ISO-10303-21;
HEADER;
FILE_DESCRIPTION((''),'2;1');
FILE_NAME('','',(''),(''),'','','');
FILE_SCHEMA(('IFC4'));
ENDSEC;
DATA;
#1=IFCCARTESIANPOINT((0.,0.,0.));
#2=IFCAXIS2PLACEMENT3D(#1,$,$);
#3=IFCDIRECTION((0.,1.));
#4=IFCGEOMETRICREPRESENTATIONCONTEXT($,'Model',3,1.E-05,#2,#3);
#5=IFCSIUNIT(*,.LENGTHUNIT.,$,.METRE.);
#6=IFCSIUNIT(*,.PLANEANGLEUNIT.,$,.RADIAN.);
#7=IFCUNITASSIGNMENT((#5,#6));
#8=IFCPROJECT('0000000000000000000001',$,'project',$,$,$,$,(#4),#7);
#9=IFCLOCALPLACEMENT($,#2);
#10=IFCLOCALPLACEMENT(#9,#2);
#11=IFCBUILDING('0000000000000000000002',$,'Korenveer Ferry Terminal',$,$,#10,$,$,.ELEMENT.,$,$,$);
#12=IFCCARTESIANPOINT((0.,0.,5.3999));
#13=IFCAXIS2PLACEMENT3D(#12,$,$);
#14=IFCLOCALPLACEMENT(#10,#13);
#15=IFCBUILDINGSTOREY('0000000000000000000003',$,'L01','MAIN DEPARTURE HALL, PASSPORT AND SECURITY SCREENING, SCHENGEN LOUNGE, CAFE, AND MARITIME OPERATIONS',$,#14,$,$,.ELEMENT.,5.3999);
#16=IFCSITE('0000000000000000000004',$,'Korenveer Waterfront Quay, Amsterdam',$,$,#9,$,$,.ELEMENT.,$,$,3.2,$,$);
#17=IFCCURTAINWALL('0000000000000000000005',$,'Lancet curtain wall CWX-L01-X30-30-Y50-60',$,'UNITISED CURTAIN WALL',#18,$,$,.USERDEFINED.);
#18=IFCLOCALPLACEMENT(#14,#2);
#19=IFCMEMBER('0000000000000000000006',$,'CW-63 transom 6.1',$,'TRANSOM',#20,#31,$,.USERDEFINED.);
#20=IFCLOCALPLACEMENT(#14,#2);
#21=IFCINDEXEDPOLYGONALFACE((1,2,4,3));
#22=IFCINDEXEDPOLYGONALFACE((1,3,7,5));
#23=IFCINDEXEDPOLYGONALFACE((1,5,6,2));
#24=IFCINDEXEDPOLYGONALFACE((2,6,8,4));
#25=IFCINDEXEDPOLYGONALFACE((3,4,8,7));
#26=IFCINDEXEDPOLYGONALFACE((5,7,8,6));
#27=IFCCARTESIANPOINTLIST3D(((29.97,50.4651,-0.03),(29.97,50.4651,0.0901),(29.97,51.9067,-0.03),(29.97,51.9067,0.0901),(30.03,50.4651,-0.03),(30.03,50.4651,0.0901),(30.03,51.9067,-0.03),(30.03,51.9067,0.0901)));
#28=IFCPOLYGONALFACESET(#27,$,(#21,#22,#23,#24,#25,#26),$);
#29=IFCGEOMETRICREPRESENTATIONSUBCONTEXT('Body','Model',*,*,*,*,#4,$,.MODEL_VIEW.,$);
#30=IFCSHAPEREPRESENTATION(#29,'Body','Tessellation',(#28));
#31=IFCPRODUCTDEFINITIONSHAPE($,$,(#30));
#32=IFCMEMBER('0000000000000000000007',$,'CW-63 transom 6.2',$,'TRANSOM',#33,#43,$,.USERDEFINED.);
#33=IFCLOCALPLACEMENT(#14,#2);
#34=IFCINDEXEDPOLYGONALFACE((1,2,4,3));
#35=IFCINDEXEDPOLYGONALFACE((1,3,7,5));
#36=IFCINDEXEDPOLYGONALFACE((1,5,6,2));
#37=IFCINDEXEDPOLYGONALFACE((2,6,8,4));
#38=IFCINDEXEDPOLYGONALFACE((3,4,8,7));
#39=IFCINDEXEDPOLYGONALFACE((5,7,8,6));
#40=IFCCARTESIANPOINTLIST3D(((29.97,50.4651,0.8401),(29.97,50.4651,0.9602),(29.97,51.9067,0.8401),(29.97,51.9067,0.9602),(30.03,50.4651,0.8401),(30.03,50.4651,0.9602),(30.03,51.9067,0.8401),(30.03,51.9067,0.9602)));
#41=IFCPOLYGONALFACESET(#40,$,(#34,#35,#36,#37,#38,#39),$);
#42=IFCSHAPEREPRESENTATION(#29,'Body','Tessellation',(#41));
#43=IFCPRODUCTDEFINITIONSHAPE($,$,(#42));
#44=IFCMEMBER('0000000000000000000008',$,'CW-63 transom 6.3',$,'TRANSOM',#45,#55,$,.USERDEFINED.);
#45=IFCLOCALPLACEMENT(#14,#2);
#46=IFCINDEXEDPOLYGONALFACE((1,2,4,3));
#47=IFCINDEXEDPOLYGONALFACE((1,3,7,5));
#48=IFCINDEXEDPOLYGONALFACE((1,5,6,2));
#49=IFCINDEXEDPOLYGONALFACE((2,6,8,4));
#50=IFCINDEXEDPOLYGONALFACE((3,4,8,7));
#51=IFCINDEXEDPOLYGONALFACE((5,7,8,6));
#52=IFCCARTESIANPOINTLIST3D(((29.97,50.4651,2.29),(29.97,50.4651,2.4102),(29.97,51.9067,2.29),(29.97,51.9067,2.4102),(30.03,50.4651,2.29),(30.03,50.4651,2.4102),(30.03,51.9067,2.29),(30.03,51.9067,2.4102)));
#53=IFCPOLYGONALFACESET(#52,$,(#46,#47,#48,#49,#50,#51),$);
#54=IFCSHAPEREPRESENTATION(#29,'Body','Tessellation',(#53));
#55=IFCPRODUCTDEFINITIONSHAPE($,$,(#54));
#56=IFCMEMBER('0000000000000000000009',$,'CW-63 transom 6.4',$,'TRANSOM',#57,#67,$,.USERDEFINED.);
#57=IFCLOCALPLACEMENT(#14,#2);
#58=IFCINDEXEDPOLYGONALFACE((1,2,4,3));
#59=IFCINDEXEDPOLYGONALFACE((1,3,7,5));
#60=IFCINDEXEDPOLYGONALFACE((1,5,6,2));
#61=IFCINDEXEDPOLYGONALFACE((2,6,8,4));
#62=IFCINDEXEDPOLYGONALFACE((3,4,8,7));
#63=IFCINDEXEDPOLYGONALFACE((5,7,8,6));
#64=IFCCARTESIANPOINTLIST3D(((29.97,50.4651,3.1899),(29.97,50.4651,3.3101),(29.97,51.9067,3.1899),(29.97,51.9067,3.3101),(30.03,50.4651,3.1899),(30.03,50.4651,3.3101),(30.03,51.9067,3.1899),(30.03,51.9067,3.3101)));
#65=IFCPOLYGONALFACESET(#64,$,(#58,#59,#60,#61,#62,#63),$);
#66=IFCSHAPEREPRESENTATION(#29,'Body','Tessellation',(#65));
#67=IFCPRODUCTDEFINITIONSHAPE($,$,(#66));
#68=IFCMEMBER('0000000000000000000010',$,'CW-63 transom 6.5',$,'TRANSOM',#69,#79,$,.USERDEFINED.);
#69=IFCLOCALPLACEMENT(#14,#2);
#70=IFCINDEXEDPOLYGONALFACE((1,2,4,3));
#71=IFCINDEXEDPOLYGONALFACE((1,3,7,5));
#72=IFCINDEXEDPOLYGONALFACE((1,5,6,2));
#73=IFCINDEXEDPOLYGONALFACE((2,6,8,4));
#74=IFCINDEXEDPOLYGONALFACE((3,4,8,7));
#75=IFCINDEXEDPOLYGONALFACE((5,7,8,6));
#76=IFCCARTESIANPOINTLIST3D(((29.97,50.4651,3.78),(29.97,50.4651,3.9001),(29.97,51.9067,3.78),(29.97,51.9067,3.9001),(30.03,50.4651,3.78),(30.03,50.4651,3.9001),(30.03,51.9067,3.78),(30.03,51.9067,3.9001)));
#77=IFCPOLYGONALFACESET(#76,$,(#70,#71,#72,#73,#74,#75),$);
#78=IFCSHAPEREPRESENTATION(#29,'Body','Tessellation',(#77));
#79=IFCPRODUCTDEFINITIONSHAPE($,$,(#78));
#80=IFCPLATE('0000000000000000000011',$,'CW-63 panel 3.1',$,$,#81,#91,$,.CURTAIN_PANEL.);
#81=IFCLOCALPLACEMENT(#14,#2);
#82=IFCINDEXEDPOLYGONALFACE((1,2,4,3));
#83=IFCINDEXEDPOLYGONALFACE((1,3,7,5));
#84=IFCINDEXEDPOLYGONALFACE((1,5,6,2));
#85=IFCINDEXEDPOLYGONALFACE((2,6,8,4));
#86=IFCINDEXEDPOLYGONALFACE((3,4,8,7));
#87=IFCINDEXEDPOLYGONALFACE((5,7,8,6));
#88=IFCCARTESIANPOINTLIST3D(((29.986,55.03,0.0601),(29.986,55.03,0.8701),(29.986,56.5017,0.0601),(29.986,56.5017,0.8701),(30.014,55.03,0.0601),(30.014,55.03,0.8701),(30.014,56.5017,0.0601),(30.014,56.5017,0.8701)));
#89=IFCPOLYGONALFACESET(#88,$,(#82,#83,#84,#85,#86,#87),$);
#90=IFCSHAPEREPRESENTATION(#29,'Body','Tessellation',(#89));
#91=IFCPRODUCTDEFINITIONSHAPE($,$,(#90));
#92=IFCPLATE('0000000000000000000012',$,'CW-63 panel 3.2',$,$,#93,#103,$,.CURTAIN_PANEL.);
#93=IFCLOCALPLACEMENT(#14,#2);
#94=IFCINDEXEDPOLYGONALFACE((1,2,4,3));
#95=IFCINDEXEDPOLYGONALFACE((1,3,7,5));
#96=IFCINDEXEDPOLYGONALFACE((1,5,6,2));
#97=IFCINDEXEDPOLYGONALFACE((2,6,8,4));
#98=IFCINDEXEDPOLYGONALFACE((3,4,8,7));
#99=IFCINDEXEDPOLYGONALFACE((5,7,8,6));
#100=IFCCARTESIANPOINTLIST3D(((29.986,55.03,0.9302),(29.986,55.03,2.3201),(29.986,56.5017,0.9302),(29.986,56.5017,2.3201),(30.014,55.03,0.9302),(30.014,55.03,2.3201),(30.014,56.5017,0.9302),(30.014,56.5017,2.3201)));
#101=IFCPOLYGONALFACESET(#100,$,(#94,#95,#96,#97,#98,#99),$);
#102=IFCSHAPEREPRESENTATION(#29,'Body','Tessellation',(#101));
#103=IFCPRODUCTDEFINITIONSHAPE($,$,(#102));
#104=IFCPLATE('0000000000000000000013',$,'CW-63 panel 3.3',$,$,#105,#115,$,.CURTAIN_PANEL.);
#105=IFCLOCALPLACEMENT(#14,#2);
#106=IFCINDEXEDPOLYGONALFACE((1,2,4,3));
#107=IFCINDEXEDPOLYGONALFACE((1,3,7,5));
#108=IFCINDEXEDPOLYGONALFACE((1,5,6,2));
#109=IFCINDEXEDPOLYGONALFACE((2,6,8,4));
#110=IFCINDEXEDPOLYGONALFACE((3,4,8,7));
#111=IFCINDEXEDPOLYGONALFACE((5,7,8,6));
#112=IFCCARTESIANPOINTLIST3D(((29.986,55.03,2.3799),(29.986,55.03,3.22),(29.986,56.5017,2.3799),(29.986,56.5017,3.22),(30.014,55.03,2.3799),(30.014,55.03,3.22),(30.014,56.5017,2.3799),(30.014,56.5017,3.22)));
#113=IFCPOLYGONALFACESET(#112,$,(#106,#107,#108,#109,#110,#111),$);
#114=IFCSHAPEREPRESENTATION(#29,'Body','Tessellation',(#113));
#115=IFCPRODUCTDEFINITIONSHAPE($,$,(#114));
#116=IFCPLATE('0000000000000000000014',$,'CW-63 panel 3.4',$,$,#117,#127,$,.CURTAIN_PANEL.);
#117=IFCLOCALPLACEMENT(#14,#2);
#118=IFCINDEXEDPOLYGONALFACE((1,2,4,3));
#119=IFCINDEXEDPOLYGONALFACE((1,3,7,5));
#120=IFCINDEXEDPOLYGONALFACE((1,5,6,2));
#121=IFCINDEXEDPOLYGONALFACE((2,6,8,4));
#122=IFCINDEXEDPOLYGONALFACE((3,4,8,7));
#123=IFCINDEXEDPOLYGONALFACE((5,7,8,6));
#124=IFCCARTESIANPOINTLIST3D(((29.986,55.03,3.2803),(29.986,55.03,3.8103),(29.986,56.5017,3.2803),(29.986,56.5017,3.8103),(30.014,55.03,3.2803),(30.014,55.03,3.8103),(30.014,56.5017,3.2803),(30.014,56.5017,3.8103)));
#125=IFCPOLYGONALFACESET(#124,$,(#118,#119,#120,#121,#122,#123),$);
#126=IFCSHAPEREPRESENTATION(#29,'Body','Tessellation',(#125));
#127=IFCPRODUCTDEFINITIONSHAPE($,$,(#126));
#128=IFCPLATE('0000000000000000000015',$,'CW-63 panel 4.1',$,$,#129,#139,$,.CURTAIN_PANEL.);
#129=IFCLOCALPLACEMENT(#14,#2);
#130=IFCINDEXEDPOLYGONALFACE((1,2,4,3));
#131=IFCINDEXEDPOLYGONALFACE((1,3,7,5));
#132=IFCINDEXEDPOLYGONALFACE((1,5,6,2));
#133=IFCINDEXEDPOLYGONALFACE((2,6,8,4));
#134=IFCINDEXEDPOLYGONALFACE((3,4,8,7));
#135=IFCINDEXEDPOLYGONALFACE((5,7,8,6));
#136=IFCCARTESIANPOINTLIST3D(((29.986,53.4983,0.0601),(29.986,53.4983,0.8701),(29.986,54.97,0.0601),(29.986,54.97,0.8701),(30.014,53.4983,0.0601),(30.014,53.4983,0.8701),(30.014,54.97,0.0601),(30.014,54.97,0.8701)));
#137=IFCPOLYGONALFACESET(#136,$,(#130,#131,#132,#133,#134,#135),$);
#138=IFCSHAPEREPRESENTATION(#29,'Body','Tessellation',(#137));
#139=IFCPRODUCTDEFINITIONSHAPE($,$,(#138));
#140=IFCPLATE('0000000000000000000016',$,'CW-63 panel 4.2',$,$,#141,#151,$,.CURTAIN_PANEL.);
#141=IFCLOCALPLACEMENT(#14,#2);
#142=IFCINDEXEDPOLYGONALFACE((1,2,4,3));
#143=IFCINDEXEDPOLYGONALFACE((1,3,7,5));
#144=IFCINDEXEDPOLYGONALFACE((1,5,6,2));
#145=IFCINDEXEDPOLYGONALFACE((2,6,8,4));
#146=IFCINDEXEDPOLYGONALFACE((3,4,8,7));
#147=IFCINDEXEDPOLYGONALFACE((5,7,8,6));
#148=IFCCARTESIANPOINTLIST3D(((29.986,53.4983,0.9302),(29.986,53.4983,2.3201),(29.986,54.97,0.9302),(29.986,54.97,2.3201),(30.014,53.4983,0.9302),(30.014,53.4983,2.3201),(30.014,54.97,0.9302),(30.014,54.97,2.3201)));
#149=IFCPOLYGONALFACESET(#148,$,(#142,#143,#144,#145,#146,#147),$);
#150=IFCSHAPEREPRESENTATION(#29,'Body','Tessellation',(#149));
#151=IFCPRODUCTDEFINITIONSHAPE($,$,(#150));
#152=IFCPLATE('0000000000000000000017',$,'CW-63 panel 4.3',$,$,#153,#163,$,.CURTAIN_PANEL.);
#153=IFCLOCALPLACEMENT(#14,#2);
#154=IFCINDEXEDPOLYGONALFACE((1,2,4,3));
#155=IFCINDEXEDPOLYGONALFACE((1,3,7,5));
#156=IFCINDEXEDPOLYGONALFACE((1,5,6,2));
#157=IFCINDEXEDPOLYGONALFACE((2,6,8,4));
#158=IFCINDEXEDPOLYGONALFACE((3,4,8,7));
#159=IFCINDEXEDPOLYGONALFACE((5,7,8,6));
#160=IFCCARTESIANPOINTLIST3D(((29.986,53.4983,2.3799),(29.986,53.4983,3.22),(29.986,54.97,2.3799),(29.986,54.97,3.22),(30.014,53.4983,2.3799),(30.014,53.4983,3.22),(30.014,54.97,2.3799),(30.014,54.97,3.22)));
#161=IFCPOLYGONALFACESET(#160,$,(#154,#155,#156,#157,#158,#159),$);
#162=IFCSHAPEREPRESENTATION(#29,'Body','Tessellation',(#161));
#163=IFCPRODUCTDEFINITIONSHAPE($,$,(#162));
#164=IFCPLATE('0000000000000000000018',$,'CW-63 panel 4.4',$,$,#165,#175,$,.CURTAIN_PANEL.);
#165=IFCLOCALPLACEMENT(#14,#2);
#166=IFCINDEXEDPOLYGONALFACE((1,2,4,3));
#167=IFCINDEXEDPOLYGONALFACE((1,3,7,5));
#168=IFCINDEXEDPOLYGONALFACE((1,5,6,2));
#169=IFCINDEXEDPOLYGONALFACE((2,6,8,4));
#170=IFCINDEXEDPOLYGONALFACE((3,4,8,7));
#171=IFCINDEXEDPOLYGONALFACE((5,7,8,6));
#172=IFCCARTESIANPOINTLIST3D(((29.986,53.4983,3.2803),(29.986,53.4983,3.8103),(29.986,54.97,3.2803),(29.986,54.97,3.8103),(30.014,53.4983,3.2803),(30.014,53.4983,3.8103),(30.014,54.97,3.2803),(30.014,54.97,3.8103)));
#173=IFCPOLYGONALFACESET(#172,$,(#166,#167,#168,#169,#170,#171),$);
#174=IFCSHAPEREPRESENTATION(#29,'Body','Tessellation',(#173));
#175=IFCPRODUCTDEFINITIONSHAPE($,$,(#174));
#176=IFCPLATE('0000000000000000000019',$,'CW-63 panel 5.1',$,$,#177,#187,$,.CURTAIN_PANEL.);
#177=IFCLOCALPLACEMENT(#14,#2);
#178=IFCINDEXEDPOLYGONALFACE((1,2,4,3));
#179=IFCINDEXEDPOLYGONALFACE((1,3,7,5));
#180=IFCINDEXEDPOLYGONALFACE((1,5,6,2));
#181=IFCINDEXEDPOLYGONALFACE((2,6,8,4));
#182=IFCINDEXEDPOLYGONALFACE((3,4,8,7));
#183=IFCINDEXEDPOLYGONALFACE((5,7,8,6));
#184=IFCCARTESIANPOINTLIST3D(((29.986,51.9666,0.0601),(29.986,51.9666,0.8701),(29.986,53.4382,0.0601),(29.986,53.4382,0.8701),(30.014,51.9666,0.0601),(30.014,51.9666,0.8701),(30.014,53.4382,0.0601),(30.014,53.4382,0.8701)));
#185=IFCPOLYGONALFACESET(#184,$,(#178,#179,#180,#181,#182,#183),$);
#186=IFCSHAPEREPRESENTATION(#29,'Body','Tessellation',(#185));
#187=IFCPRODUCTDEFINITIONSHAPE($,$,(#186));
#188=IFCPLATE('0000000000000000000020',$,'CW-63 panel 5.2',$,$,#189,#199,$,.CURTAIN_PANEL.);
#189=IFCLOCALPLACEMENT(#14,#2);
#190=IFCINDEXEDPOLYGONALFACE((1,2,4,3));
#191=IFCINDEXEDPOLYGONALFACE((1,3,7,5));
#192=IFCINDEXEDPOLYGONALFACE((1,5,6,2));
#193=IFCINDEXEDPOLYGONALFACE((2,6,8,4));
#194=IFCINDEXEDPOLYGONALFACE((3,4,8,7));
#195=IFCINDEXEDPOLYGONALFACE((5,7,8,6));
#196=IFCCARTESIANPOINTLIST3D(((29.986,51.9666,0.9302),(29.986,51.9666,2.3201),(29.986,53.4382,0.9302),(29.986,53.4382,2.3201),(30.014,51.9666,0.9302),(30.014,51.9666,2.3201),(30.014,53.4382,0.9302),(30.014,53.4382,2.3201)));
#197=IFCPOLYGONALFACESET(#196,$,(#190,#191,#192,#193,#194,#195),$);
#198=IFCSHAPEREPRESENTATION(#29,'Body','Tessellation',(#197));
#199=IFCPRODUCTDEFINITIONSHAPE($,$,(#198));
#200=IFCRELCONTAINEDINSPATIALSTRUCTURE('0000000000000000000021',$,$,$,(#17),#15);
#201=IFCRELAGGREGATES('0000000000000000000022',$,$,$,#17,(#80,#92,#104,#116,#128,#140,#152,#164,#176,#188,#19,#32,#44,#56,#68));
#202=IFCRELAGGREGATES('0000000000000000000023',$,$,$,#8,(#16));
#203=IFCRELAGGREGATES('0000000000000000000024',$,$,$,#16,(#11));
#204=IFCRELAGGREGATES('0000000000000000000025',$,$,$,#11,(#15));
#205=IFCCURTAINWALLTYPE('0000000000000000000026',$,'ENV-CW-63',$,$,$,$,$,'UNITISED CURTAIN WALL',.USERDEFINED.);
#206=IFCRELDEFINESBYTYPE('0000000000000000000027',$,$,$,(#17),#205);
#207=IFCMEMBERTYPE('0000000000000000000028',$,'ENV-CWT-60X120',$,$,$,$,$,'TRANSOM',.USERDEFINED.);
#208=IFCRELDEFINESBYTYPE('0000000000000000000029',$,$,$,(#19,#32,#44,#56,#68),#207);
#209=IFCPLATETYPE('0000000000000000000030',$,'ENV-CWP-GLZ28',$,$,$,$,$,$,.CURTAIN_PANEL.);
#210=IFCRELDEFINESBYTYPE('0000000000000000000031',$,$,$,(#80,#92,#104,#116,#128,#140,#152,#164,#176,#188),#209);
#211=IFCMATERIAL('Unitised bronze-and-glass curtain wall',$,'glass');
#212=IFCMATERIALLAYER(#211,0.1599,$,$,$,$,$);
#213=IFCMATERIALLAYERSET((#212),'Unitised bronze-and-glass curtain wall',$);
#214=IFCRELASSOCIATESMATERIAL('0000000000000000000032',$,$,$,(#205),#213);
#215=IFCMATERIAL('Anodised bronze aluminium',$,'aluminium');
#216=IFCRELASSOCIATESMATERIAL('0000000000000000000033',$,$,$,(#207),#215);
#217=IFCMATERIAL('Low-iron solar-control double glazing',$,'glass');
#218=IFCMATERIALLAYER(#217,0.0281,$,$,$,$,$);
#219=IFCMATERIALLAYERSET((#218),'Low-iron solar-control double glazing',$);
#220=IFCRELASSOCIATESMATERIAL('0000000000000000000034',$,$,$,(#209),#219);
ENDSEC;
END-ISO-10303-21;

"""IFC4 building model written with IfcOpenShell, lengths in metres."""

from ifc_helpers import new_model, si_unit, direction, frame, origin, origin_2d, place, context, subcontext, project, spatial, rectangle, extrude, material, layer, layer_set, material_profile, profile_set, type_object, element, aggregate, save


model = new_model("IFC4")

# Units and contexts
model_context = context("Model", 3, precision=1e-05, world=origin(), true_north=direction((0.0, 1.0)))
body_context = subcontext(model_context, "Body", "Model", "MODEL_VIEW")
ifc_project = project(units=[si_unit("LENGTHUNIT", "METRE"), si_unit("PLANEANGLEUNIT", "RADIAN")], contexts=[model_context])

# Site, building, storey
site_placement = place(None, origin())
site = spatial("IfcSite", under=ifc_project, at=site_placement, Name="Korenveer Waterfront Quay, Amsterdam", CompositionType="ELEMENT", RefElevation=3.2)
building_placement = place(site_placement, origin())
building = spatial("IfcBuilding", under=site, at=building_placement, Name="Korenveer Ferry Terminal", CompositionType="ELEMENT")
storey_placement = place(building_placement, frame((0.0, 0.0, 5.3999)))
storey = spatial("IfcBuildingStorey", under=building, at=storey_placement, Name="L01", Description="MAIN DEPARTURE HALL, PASSPORT AND SECURITY SCREENING, SCHENGEN LOUNGE, CAFE, AND MARITIME OPERATIONS", CompositionType="ELEMENT", Elevation=5.3999)

# Curtain wall, members, plates
ifc_material_1 = material(Name="Unitised bronze-and-glass curtain wall", Category="glass")
ifc_layer_1 = layer(ifc_material_1, 0.1599)
ifc_layer_set_1 = layer_set([ifc_layer_1], Name="Unitised bronze-and-glass curtain wall")
curtain_wall_type = type_object("IfcCurtainWallType", Name="ENV-CW-63", ElementType="UNITISED CURTAIN WALL", PredefinedType="USERDEFINED", material=ifc_layer_set_1)
curtain_wall_placement = place(storey_placement, frame((30.0, 59.595, 0.0)))
curtain_wall = element("IfcCurtainWall", 1, at=curtain_wall_placement, inside=storey, type_object=curtain_wall_type, Name="Lancet curtain wall CWX-L01-X30-30-Y50-60", ObjectType="UNITISED CURTAIN WALL", PredefinedType="USERDEFINED")
ifc_material_2 = material(Name="Anodised bronze aluminium", Category="aluminium")
ifc_material_profile_1 = material_profile(ifc_material_2, rectangle(XDim=0.0601, YDim=0.1201, at=origin_2d()), Name="ALU 60x120")
ifc_profile_set_1 = profile_set([ifc_material_profile_1], Name="Anodised bronze aluminium")
member_type_1 = type_object("IfcMemberType", Name="ENV-CWT-60X120", ElementType="TRANSOM", PredefinedType="USERDEFINED", material=ifc_profile_set_1)
member_1_placement = place(storey_placement, frame((30.0, 51.9067, 0.03), z_axis=(0.0, -1.0, 0.0), x_axis=(1.0, 0.0, 0.0)))
member_1 = element("IfcMember", 2, at=member_1_placement, type_object=member_type_1, Name="CW-63 transom 6.1", ObjectType="TRANSOM", PredefinedType="USERDEFINED", context=body_context, shape_type="SweptSolid", body=[
    extrude(rectangle(XDim=0.0601, YDim=0.1201, at=origin_2d()), origin(), (0.0, 0.0, 1.0), 1.4417),
])
member_2_placement = place(storey_placement, frame((30.0, 51.9067, 0.9001), z_axis=(0.0, -1.0, 0.0), x_axis=(1.0, 0.0, 0.0)))
member_2 = element("IfcMember", 3, at=member_2_placement, type_object=member_type_1, Name="CW-63 transom 6.2", ObjectType="TRANSOM", PredefinedType="USERDEFINED", context=body_context, shape_type="SweptSolid", body=[
    extrude(rectangle(XDim=0.0601, YDim=0.1201, at=origin_2d()), origin(), (0.0, 0.0, 1.0), 1.4417),
])
member_3_placement = place(storey_placement, frame((30.0, 51.9067, 2.3501), z_axis=(0.0, -1.0, 0.0), x_axis=(1.0, 0.0, 0.0)))
member_3 = element("IfcMember", 4, at=member_3_placement, type_object=member_type_1, Name="CW-63 transom 6.3", ObjectType="TRANSOM", PredefinedType="USERDEFINED", context=body_context, shape_type="SweptSolid", body=[
    extrude(rectangle(XDim=0.0601, YDim=0.1201, at=origin_2d()), origin(), (0.0, 0.0, 1.0), 1.4417),
])
member_4_placement = place(storey_placement, frame((30.0, 51.9067, 3.25), z_axis=(0.0, -1.0, 0.0), x_axis=(1.0, 0.0, 0.0)))
member_4 = element("IfcMember", 5, at=member_4_placement, type_object=member_type_1, Name="CW-63 transom 6.4", ObjectType="TRANSOM", PredefinedType="USERDEFINED", context=body_context, shape_type="SweptSolid", body=[
    extrude(rectangle(XDim=0.0601, YDim=0.1201, at=origin_2d()), origin(), (0.0, 0.0, 1.0), 1.4417),
])
member_5_placement = place(storey_placement, frame((30.0, 51.9067, 3.8401), z_axis=(0.0, -1.0, 0.0), x_axis=(1.0, 0.0, 0.0)))
member_5 = element("IfcMember", 6, at=member_5_placement, type_object=member_type_1, Name="CW-63 transom 6.5", ObjectType="TRANSOM", PredefinedType="USERDEFINED", context=body_context, shape_type="SweptSolid", body=[
    extrude(rectangle(XDim=0.0601, YDim=0.1201, at=origin_2d()), origin(), (0.0, 0.0, 1.0), 1.4417),
])
ifc_material_3 = material(Name="Low-iron solar-control double glazing", Category="glass")
ifc_layer_2 = layer(ifc_material_3, 0.0281)
ifc_layer_set_2 = layer_set([ifc_layer_2], Name="Low-iron solar-control double glazing")
plate_type = type_object("IfcPlateType", Name="ENV-CWP-GLZ28", PredefinedType="CURTAIN_PANEL", material=ifc_layer_set_2)
plate_1_placement = place(storey_placement, frame((30.0, 55.7659, 0.0601), z_axis=(0.0, 0.0, 1.0), x_axis=(0.0, -1.0, 0.0)))
plate_1 = element("IfcPlate", 7, at=plate_1_placement, type_object=plate_type, Name="CW-63 panel 3.1", PredefinedType="CURTAIN_PANEL", context=body_context, shape_type="SweptSolid", body=[
    extrude(rectangle(XDim=1.4717, YDim=0.0281, at=origin_2d()), origin(), (0.0, 0.0, 1.0), 0.8101),
])
plate_2_placement = place(storey_placement, frame((30.0, 55.7659, 0.9302), z_axis=(0.0, 0.0, 1.0), x_axis=(0.0, -1.0, 0.0)))
plate_2 = element("IfcPlate", 8, at=plate_2_placement, type_object=plate_type, Name="CW-63 panel 3.2", PredefinedType="CURTAIN_PANEL", context=body_context, shape_type="SweptSolid", body=[
    extrude(rectangle(XDim=1.4717, YDim=0.0281, at=origin_2d()), origin(), (0.0, 0.0, 1.0), 1.3899),
])
plate_3_placement = place(storey_placement, frame((30.0, 55.7659, 2.3799), z_axis=(0.0, 0.0, 1.0), x_axis=(0.0, -1.0, 0.0)))
plate_3 = element("IfcPlate", 9, at=plate_3_placement, type_object=plate_type, Name="CW-63 panel 3.3", PredefinedType="CURTAIN_PANEL", context=body_context, shape_type="SweptSolid", body=[
    extrude(rectangle(XDim=1.4717, YDim=0.0281, at=origin_2d()), origin(), (0.0, 0.0, 1.0), 0.8401),
])
plate_4_placement = place(storey_placement, frame((30.0, 55.7659, 3.2803), z_axis=(0.0, 0.0, 1.0), x_axis=(0.0, -1.0, 0.0)))
plate_4 = element("IfcPlate", 10, at=plate_4_placement, type_object=plate_type, Name="CW-63 panel 3.4", PredefinedType="CURTAIN_PANEL", context=body_context, shape_type="SweptSolid", body=[
    extrude(rectangle(XDim=1.4717, YDim=0.0281, at=origin_2d()), origin(), (0.0, 0.0, 1.0), 0.53),
])
plate_5_placement = place(storey_placement, frame((30.0, 54.2341, 0.0601), z_axis=(0.0, 0.0, 1.0), x_axis=(0.0, -1.0, 0.0)))
plate_5 = element("IfcPlate", 11, at=plate_5_placement, type_object=plate_type, Name="CW-63 panel 4.1", PredefinedType="CURTAIN_PANEL", context=body_context, shape_type="SweptSolid", body=[
    extrude(rectangle(XDim=1.4717, YDim=0.0281, at=origin_2d()), origin(), (0.0, 0.0, 1.0), 0.8101),
])
plate_6_placement = place(storey_placement, frame((30.0, 54.2341, 0.9302), z_axis=(0.0, 0.0, 1.0), x_axis=(0.0, -1.0, 0.0)))
plate_6 = element("IfcPlate", 12, at=plate_6_placement, type_object=plate_type, Name="CW-63 panel 4.2", PredefinedType="CURTAIN_PANEL", context=body_context, shape_type="SweptSolid", body=[
    extrude(rectangle(XDim=1.4717, YDim=0.0281, at=origin_2d()), origin(), (0.0, 0.0, 1.0), 1.3899),
])
plate_7_placement = place(storey_placement, frame((30.0, 54.2341, 2.3799), z_axis=(0.0, 0.0, 1.0), x_axis=(0.0, -1.0, 0.0)))
plate_7 = element("IfcPlate", 13, at=plate_7_placement, type_object=plate_type, Name="CW-63 panel 4.3", PredefinedType="CURTAIN_PANEL", context=body_context, shape_type="SweptSolid", body=[
    extrude(rectangle(XDim=1.4717, YDim=0.0281, at=origin_2d()), origin(), (0.0, 0.0, 1.0), 0.8401),
])
plate_8_placement = place(storey_placement, frame((30.0, 54.2341, 3.2803), z_axis=(0.0, 0.0, 1.0), x_axis=(0.0, -1.0, 0.0)))
plate_8 = element("IfcPlate", 14, at=plate_8_placement, type_object=plate_type, Name="CW-63 panel 4.4", PredefinedType="CURTAIN_PANEL", context=body_context, shape_type="SweptSolid", body=[
    extrude(rectangle(XDim=1.4717, YDim=0.0281, at=origin_2d()), origin(), (0.0, 0.0, 1.0), 0.53),
])
plate_9_placement = place(storey_placement, frame((30.0, 52.7024, 0.0601), z_axis=(0.0, 0.0, 1.0), x_axis=(0.0, -1.0, 0.0)))
plate_9 = element("IfcPlate", 15, at=plate_9_placement, type_object=plate_type, Name="CW-63 panel 5.1", PredefinedType="CURTAIN_PANEL", context=body_context, shape_type="SweptSolid", body=[
    extrude(rectangle(XDim=1.4717, YDim=0.0281, at=origin_2d()), origin(), (0.0, 0.0, 1.0), 0.8101),
])
plate_10_placement = place(storey_placement, frame((30.0, 52.7024, 0.9302), z_axis=(0.0, 0.0, 1.0), x_axis=(0.0, -1.0, 0.0)))
plate_10 = element("IfcPlate", 16, at=plate_10_placement, type_object=plate_type, Name="CW-63 panel 5.2", PredefinedType="CURTAIN_PANEL", context=body_context, shape_type="SweptSolid", body=[
    extrude(rectangle(XDim=1.4717, YDim=0.0281, at=origin_2d()), origin(), (0.0, 0.0, 1.0), 1.3899),
])
aggregate(curtain_wall, [plate_1, plate_2, plate_3, plate_4, plate_5, plate_6, plate_7, plate_8, plate_9, plate_10, member_1, member_2, member_3, member_4, member_5])

save(model, "model.ifc")
